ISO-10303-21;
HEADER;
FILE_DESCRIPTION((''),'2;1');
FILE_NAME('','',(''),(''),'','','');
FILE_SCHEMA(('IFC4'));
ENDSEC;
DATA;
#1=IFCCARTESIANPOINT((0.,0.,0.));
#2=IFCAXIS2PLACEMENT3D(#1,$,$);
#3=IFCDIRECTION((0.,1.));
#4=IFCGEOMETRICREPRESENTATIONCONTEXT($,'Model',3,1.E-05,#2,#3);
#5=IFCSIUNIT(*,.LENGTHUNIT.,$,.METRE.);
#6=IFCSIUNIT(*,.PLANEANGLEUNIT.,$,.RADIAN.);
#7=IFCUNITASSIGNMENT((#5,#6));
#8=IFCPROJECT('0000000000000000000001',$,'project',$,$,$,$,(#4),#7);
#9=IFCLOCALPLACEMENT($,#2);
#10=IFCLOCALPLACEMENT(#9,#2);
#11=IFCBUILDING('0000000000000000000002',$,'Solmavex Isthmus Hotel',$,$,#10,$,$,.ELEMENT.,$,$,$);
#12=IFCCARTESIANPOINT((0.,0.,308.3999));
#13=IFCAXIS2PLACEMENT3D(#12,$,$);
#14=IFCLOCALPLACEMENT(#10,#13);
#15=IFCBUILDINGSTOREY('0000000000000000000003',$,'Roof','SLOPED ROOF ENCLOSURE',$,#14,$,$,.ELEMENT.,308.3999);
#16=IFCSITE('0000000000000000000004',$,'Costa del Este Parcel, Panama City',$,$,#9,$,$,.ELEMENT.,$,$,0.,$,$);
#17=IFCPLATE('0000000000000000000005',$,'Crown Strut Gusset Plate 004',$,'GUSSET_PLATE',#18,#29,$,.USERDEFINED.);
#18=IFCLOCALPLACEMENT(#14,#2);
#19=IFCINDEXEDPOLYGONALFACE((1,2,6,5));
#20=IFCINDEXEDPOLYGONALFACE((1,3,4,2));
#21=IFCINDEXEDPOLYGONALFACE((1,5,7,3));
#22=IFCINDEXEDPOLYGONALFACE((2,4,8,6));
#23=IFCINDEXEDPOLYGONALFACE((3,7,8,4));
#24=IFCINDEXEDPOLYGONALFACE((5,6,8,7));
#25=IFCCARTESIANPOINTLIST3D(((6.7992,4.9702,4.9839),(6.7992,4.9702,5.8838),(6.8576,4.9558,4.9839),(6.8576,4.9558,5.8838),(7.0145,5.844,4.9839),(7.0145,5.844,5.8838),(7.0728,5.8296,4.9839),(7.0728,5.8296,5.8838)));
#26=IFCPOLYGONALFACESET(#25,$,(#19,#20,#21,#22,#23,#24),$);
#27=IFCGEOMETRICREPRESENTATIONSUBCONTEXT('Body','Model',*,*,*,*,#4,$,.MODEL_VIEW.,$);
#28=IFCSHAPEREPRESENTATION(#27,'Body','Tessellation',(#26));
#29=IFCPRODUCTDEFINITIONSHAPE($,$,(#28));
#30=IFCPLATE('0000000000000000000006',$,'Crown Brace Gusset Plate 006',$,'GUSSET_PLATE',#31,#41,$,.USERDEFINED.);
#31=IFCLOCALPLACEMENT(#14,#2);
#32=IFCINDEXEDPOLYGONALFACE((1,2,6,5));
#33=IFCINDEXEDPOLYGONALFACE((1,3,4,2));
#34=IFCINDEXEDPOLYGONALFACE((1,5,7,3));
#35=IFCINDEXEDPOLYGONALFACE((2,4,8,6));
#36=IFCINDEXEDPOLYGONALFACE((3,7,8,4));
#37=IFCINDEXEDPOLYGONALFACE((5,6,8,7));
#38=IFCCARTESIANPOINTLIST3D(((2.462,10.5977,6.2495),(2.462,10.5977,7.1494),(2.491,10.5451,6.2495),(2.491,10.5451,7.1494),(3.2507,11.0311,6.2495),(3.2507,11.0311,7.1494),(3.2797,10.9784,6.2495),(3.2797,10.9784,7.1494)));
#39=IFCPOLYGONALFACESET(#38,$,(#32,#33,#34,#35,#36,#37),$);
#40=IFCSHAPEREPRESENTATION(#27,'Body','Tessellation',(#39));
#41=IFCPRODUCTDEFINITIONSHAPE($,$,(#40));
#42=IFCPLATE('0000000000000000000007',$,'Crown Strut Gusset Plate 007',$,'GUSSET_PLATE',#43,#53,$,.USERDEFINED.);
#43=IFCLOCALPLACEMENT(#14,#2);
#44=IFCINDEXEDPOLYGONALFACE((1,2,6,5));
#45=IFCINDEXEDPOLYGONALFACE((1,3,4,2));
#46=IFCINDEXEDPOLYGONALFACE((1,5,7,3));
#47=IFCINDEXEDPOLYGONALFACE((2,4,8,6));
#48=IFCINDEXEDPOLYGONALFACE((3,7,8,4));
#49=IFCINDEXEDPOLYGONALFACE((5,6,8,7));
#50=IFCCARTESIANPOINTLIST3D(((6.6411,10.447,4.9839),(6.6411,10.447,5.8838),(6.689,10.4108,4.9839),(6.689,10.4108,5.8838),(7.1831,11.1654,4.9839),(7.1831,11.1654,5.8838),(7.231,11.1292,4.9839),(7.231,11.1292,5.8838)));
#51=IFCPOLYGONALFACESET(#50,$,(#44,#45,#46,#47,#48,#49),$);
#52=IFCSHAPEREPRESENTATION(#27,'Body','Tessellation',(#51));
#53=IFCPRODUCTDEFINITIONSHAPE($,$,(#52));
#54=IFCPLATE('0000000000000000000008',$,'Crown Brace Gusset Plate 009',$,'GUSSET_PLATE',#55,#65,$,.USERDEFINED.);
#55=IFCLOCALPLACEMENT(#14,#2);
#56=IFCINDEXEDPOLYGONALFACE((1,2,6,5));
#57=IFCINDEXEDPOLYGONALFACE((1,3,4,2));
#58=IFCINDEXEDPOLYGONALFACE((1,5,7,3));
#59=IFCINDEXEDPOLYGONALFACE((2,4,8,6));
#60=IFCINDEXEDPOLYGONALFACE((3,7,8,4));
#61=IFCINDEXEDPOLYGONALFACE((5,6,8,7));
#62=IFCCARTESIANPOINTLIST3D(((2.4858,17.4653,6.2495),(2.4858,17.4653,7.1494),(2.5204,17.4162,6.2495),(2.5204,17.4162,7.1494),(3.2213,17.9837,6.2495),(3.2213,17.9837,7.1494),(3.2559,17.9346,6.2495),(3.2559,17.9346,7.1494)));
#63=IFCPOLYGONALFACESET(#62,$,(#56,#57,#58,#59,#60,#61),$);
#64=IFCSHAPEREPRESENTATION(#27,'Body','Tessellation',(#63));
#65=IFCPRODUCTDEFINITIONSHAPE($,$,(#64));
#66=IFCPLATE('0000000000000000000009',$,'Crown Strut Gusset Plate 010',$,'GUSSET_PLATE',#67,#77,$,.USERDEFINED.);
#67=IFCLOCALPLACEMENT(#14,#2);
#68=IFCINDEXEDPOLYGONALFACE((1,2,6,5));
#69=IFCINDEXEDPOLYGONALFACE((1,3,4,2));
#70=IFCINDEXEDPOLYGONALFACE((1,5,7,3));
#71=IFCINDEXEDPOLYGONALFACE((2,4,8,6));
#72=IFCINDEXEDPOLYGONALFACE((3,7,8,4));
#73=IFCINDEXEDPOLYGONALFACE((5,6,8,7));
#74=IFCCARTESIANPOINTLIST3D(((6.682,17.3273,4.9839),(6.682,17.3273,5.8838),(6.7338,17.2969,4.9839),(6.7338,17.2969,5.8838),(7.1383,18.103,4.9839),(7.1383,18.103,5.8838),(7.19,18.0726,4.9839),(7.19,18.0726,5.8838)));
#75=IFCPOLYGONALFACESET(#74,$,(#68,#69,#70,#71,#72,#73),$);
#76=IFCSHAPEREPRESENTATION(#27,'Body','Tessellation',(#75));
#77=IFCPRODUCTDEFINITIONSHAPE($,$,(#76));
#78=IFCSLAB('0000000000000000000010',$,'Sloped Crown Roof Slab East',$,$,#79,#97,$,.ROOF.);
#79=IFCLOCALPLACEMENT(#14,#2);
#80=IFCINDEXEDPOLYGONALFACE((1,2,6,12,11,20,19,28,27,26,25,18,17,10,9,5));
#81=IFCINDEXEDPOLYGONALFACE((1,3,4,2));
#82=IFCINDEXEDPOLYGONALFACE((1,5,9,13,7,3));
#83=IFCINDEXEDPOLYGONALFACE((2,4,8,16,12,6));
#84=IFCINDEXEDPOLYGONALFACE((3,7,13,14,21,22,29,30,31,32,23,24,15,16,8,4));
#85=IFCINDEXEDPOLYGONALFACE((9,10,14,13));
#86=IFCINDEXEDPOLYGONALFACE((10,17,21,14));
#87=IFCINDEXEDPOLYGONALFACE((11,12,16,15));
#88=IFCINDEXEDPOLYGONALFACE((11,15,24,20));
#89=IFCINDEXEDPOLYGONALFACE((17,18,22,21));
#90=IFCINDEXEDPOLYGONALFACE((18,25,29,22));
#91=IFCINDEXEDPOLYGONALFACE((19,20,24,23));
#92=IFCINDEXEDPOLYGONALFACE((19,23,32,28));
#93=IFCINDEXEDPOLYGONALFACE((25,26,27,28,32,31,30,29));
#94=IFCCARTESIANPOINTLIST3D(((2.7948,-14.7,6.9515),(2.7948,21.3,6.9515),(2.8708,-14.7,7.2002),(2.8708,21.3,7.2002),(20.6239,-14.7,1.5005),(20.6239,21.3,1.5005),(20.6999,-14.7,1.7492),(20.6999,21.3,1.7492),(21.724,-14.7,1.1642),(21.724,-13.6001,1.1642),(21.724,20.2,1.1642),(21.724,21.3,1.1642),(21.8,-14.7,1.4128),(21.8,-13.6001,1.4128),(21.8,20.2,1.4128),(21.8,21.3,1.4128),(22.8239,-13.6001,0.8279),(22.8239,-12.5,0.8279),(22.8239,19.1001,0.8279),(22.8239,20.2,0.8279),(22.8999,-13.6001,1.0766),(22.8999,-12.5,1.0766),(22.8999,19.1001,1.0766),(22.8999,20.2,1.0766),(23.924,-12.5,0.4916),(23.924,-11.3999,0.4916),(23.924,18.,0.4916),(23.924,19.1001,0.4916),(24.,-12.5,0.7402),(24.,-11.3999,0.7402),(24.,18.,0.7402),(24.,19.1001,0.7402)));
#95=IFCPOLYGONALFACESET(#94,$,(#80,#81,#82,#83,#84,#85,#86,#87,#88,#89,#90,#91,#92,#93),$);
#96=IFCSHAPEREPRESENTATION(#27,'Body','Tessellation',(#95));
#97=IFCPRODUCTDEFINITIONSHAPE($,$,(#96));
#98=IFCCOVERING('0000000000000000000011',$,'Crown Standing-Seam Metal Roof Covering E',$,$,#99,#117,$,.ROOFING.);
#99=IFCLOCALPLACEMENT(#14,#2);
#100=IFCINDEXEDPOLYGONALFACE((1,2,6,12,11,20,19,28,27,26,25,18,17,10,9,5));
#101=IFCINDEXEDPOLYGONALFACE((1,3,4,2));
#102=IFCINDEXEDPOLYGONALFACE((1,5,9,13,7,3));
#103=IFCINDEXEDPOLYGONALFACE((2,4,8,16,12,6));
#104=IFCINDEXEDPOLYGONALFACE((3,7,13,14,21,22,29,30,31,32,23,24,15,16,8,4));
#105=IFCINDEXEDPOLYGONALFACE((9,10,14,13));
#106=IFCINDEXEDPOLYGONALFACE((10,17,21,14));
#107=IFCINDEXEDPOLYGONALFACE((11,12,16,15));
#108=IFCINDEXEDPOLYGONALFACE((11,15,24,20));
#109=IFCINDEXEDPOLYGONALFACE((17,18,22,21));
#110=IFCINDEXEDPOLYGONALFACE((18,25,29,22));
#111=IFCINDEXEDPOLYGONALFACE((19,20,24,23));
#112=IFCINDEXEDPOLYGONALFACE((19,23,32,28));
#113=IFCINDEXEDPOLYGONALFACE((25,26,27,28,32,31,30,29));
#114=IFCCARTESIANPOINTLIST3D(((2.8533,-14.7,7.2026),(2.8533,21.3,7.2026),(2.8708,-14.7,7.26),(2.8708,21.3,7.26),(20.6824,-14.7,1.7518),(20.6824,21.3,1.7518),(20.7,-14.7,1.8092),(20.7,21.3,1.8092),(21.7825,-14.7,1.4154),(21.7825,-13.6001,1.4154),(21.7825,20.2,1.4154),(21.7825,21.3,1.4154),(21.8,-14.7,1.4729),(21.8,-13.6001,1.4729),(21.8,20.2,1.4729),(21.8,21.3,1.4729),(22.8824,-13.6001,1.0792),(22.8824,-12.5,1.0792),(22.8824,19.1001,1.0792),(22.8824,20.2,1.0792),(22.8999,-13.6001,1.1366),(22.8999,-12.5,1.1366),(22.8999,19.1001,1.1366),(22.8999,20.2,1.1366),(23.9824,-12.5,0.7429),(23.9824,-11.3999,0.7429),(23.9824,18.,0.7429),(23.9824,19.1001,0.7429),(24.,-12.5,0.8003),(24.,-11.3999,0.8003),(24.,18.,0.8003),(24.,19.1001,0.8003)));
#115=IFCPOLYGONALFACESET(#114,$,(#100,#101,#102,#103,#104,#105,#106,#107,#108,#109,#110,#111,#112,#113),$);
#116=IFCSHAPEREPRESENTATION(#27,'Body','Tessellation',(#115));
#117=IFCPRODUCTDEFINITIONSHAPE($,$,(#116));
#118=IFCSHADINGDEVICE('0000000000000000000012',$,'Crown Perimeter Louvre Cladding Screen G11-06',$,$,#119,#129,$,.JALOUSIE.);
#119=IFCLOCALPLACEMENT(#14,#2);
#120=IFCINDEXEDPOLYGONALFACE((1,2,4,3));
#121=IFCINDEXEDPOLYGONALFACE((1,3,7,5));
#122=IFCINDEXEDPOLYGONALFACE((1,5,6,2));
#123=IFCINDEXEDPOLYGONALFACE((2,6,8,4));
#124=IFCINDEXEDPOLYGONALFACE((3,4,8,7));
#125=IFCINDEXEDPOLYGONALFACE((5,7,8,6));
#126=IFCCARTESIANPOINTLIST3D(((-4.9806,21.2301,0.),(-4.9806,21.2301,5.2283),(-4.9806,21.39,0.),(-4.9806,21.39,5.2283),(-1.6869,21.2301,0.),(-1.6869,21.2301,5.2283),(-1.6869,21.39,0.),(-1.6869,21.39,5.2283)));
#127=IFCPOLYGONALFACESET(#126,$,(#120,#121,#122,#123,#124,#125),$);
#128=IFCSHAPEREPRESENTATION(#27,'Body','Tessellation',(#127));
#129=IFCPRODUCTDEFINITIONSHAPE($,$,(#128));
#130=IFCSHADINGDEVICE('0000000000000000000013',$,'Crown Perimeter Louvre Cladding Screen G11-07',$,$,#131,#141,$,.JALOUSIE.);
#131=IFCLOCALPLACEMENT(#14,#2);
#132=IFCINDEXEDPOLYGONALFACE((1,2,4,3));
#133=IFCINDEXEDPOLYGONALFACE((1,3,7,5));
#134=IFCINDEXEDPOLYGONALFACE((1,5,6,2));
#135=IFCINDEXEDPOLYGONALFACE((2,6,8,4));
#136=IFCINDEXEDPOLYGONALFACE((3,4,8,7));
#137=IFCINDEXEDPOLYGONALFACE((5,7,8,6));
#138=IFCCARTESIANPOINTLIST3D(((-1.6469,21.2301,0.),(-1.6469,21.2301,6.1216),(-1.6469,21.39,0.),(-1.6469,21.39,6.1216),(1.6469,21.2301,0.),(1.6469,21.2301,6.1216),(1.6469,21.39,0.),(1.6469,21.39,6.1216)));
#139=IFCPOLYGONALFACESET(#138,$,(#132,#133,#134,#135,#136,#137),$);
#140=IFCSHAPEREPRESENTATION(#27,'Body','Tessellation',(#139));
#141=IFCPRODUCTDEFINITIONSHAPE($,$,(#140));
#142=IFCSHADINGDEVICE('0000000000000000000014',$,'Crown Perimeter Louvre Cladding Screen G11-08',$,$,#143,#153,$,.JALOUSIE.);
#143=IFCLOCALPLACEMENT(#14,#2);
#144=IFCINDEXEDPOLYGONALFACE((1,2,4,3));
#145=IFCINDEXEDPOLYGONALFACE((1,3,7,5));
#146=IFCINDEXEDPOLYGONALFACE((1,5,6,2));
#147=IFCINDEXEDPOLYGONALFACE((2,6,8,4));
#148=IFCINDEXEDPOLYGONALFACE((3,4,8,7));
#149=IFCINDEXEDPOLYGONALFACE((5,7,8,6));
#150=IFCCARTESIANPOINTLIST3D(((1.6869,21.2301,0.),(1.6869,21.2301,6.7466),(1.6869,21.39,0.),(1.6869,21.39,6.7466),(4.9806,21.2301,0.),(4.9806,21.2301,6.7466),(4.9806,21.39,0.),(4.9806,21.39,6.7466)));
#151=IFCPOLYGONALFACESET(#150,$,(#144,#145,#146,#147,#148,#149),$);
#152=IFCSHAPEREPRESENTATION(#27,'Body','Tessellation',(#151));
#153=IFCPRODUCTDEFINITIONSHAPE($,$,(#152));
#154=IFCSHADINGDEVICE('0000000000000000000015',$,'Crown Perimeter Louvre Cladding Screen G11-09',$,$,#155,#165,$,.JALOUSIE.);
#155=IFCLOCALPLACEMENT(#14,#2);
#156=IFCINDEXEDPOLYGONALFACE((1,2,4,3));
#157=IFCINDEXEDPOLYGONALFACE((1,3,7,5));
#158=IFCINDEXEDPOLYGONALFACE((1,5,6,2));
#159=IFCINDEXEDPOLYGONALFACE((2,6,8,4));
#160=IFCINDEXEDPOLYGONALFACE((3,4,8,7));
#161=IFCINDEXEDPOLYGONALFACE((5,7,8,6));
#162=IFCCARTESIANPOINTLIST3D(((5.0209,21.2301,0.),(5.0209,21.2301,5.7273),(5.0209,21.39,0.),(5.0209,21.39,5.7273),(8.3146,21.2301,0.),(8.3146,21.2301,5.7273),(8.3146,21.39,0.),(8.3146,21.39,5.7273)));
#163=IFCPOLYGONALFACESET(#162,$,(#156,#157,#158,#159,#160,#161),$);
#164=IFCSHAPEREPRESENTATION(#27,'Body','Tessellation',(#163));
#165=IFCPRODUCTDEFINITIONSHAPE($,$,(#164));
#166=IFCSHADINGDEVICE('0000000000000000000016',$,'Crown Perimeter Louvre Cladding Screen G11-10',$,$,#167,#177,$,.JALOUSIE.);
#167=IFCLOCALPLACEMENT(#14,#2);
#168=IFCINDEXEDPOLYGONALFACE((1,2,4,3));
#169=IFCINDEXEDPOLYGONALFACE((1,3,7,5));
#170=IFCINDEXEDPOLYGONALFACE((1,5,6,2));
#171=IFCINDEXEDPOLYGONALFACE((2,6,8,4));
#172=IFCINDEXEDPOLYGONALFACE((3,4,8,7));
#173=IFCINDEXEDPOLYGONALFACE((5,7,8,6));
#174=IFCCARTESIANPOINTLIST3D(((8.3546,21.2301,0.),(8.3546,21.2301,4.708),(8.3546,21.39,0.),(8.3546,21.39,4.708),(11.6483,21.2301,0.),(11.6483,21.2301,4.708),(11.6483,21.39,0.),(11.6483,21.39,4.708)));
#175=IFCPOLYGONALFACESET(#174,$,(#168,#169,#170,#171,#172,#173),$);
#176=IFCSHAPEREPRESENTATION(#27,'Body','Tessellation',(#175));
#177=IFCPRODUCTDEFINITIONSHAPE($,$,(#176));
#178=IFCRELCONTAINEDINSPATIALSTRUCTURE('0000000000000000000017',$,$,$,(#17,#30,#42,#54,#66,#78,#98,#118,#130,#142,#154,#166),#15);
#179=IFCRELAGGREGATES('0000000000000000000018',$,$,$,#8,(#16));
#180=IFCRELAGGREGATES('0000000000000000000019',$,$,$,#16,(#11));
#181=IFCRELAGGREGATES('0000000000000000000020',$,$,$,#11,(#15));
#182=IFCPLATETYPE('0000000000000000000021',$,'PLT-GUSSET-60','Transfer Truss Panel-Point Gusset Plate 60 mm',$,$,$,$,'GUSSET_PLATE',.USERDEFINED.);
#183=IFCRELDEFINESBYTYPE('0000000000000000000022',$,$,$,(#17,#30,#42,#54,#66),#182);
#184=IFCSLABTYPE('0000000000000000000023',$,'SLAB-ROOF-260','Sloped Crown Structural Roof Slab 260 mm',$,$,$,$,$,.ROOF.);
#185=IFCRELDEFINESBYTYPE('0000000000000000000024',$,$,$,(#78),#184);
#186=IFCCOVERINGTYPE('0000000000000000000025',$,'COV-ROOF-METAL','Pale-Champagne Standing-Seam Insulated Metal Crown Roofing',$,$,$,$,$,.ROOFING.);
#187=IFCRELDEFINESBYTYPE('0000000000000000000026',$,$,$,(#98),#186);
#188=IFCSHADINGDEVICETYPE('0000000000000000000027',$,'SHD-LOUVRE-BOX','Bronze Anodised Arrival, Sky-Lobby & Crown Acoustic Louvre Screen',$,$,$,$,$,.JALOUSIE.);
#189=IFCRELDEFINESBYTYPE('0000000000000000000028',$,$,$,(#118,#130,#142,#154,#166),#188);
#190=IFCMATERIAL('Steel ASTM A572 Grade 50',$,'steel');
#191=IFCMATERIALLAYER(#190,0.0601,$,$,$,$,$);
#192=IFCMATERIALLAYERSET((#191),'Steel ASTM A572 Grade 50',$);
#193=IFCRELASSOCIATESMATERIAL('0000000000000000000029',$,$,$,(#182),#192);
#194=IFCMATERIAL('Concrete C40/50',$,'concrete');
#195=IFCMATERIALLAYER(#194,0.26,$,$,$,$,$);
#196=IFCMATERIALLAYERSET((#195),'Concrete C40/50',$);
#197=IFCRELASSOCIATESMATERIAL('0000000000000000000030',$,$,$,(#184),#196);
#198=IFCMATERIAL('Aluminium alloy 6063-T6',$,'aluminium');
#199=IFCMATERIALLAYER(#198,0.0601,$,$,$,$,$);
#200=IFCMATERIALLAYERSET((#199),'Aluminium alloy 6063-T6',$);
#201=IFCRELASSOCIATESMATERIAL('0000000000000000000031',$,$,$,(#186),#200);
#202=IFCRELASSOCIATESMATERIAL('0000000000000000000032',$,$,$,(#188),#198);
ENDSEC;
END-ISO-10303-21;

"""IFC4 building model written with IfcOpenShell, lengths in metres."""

from ifc_helpers import new_model, si_unit, direction, frame, origin, origin_2d, place, context, subcontext, project, spatial, polyline, rectangle, outline, extrude, material, layer, layer_set, type_object, element, save


model = new_model("IFC4")

# Units and contexts
model_context = context("Model", 3, precision=1e-05, world=origin(), true_north=direction((0.0, 1.0)))
body_context = subcontext(model_context, "Body", "Model", "MODEL_VIEW")
ifc_project = project(units=[si_unit("LENGTHUNIT", "METRE"), si_unit("PLANEANGLEUNIT", "RADIAN")], contexts=[model_context])

# Site, building, storey
site_placement = place(None, origin())
site = spatial("IfcSite", under=ifc_project, at=site_placement, Name="Costa del Este Parcel, Panama City", CompositionType="ELEMENT", RefElevation=0.0)
building_placement = place(site_placement, origin())
building = spatial("IfcBuilding", under=site, at=building_placement, Name="Solmavex Isthmus Hotel", CompositionType="ELEMENT")
storey_placement = place(building_placement, frame((0.0, 0.0, 308.3999)))
storey = spatial("IfcBuildingStorey", under=building, at=storey_placement, Name="Roof", Description="SLOPED ROOF ENCLOSURE", CompositionType="ELEMENT", Elevation=308.3999)

# Plates
ifc_material_1 = material(Name="Steel ASTM A572 Grade 50", Category="steel")
ifc_layer_1 = layer(ifc_material_1, 0.0601)
ifc_layer_set_1 = layer_set([ifc_layer_1], Name="Steel ASTM A572 Grade 50")
plate_type = type_object("IfcPlateType", Name="PLT-GUSSET-60", Description="Transfer Truss Panel-Point Gusset Plate 60 mm", ElementType="GUSSET_PLATE", PredefinedType="USERDEFINED", material=ifc_layer_set_1)
for number, where, z_axis, x_axis, name in (
    (1, (6.936, 5.3999, 4.9839), (0.0, 0.0, 1.0), (0.239228, 0.970963, 0.0), "Crown Strut Gusset Plate 004"),
    (2, (2.8708, 10.7881, 6.2495), (0.0, 0.0, 1.0), (0.876433, 0.481524, 0.0), "Crown Brace Gusset Plate 006"),
    (3, (6.936, 10.7881, 4.9839), (0.0, 0.0, 1.0), (0.602289, 0.798278, 0.0), "Crown Strut Gusset Plate 007"),
    (4, (2.8708, 17.7, 6.2495), (0.0, 0.0, 1.0), (0.817376, 0.576104, 0.0), "Crown Brace Gusset Plate 009"),
    (5, (6.936, 17.7, 4.9839), (0.0, 0.0, 1.0), (0.506967, 0.861966, 0.0), "Crown Strut Gusset Plate 010"),
):
    element("IfcPlate", number, at=place(storey_placement, frame(where, z_axis=z_axis, x_axis=x_axis)), inside=storey, type_object=plate_type, Name=name, ObjectType="GUSSET_PLATE", PredefinedType="USERDEFINED", context=body_context, shape_type="SweptSolid", body=[
        extrude(rectangle(XDim=0.8999, YDim=0.0601, at=origin_2d()), origin(), (0.0, 0.0, 1.0), 0.8999),
    ])

# Slab
ifc_material_2 = material(Name="Concrete C40/50", Category="concrete")
ifc_layer_2 = layer(ifc_material_2, 0.26)
ifc_layer_set_2 = layer_set([ifc_layer_2], Name="Concrete C40/50")
slab_type = type_object("IfcSlabType", Name="SLAB-ROOF-260", Description="Sloped Crown Structural Roof Slab 260 mm", PredefinedType="ROOF", material=ifc_layer_set_2)
slab_placement = place(storey_placement, frame((2.8708, 21.3, 7.2002), z_axis=(0.292377, 0.0, 0.956303), x_axis=(0.0, -1.0, 0.0)))
element("IfcSlab", 6, at=slab_placement, inside=storey, type_object=slab_type, Name="Sloped Crown Roof Slab East", PredefinedType="ROOF", context=body_context, shape_type="SweptSolid", body=[
    extrude(outline(polyline([(0.0, 0.0), (36.0, 0.0), (36.0, 18.6438), (36.0, 19.7941), (34.9001, 19.7941), (34.9001, 20.9442), (33.8, 20.9442), (33.8, 22.0946), (32.7, 22.0946), (3.3, 22.0946), (2.2, 22.0946), (2.2, 20.9442), (1.1001, 20.9442), (1.1001, 19.7941), (0.0, 19.7941), (0.0, 18.6438), (0.0, 0.0)])), origin(), (0.0, 0.0, -1.0), 0.26),
])

# Covering
ifc_material_3 = material(Name="Aluminium alloy 6063-T6", Category="aluminium")
ifc_layer_3 = layer(ifc_material_3, 0.0601)
ifc_layer_set_3 = layer_set([ifc_layer_3], Name="Aluminium alloy 6063-T6")
covering_type = type_object("IfcCoveringType", Name="COV-ROOF-METAL", Description="Pale-Champagne Standing-Seam Insulated Metal Crown Roofing", PredefinedType="ROOFING", material=ifc_layer_set_3)
covering_placement = place(storey_placement, frame((2.8708, 21.3, 7.26), z_axis=(0.292367, 0.0, 0.956306), x_axis=(0.0, -1.0, 0.0)))
element("IfcCovering", 7, at=covering_placement, inside=storey, type_object=covering_type, Name="Crown Standing-Seam Metal Roof Covering E", PredefinedType="ROOFING", context=body_context, shape_type="SweptSolid", body=[
    extrude(outline(polyline([(0.0, 0.0), (36.0, 0.0), (36.0, 18.6438), (36.0, 19.7941), (34.9001, 19.7941), (34.9001, 20.9442), (33.8, 20.9442), (33.8, 22.0945), (32.7, 22.0945), (3.3, 22.0945), (2.2, 22.0945), (2.2, 20.9442), (1.1001, 20.9442), (1.1001, 19.7941), (0.0, 19.7941), (0.0, 18.6438), (0.0, 0.0)])), origin(), (0.0, 0.0, -1.0), 0.0601),
])

# Shading devices
shading_device_type = type_object("IfcShadingDeviceType", Name="SHD-LOUVRE-BOX", Description="Bronze Anodised Arrival, Sky-Lobby & Crown Acoustic Louvre Screen", PredefinedType="JALOUSIE", material=ifc_material_3)
shading_device_1_placement = place(storey_placement, frame((-3.3337, 21.3101, 0.0), z_axis=(0.0, 0.0, 1.0), x_axis=(1.0, 0.0, 0.0)))
element("IfcShadingDevice", 8, at=shading_device_1_placement, inside=storey, type_object=shading_device_type, Name="Crown Perimeter Louvre Cladding Screen G11-06", PredefinedType="JALOUSIE", context=body_context, shape_type="SweptSolid", body=[
    extrude(rectangle(XDim=3.2937, YDim=0.1599, at=origin_2d()), origin(), (0.0, 0.0, 1.0), 5.2283),
])
shading_device_2_placement = place(storey_placement, frame((0.0, 21.3101, 0.0), z_axis=(0.0, 0.0, 1.0), x_axis=(1.0, 0.0, 0.0)))
element("IfcShadingDevice", 9, at=shading_device_2_placement, inside=storey, type_object=shading_device_type, Name="Crown Perimeter Louvre Cladding Screen G11-07", PredefinedType="JALOUSIE", context=body_context, shape_type="SweptSolid", body=[
    extrude(rectangle(XDim=3.2937, YDim=0.1599, at=origin_2d()), origin(), (0.0, 0.0, 1.0), 6.1216),
])
shading_device_3_placement = place(storey_placement, frame((3.3337, 21.3101, 0.0), z_axis=(0.0, 0.0, 1.0), x_axis=(1.0, 0.0, 0.0)))
element("IfcShadingDevice", 10, at=shading_device_3_placement, inside=storey, type_object=shading_device_type, Name="Crown Perimeter Louvre Cladding Screen G11-08", PredefinedType="JALOUSIE", context=body_context, shape_type="SweptSolid", body=[
    extrude(rectangle(XDim=3.2937, YDim=0.1599, at=origin_2d()), origin(), (0.0, 0.0, 1.0), 6.7466),
])
shading_device_4_placement = place(storey_placement, frame((6.6677, 21.3101, 0.0), z_axis=(0.0, 0.0, 1.0), x_axis=(1.0, 0.0, 0.0)))
element("IfcShadingDevice", 11, at=shading_device_4_placement, inside=storey, type_object=shading_device_type, Name="Crown Perimeter Louvre Cladding Screen G11-09", PredefinedType="JALOUSIE", context=body_context, shape_type="SweptSolid", body=[
    extrude(rectangle(XDim=3.2937, YDim=0.1599, at=origin_2d()), origin(), (0.0, 0.0, 1.0), 5.7273),
])
shading_device_5_placement = place(storey_placement, frame((10.0015, 21.3101, 0.0), z_axis=(0.0, 0.0, 1.0), x_axis=(1.0, 0.0, 0.0)))
element("IfcShadingDevice", 12, at=shading_device_5_placement, inside=storey, type_object=shading_device_type, Name="Crown Perimeter Louvre Cladding Screen G11-10", PredefinedType="JALOUSIE", context=body_context, shape_type="SweptSolid", body=[
    extrude(rectangle(XDim=3.2937, YDim=0.1599, at=origin_2d()), origin(), (0.0, 0.0, 1.0), 4.708),
])

save(model, "model.ifc")
